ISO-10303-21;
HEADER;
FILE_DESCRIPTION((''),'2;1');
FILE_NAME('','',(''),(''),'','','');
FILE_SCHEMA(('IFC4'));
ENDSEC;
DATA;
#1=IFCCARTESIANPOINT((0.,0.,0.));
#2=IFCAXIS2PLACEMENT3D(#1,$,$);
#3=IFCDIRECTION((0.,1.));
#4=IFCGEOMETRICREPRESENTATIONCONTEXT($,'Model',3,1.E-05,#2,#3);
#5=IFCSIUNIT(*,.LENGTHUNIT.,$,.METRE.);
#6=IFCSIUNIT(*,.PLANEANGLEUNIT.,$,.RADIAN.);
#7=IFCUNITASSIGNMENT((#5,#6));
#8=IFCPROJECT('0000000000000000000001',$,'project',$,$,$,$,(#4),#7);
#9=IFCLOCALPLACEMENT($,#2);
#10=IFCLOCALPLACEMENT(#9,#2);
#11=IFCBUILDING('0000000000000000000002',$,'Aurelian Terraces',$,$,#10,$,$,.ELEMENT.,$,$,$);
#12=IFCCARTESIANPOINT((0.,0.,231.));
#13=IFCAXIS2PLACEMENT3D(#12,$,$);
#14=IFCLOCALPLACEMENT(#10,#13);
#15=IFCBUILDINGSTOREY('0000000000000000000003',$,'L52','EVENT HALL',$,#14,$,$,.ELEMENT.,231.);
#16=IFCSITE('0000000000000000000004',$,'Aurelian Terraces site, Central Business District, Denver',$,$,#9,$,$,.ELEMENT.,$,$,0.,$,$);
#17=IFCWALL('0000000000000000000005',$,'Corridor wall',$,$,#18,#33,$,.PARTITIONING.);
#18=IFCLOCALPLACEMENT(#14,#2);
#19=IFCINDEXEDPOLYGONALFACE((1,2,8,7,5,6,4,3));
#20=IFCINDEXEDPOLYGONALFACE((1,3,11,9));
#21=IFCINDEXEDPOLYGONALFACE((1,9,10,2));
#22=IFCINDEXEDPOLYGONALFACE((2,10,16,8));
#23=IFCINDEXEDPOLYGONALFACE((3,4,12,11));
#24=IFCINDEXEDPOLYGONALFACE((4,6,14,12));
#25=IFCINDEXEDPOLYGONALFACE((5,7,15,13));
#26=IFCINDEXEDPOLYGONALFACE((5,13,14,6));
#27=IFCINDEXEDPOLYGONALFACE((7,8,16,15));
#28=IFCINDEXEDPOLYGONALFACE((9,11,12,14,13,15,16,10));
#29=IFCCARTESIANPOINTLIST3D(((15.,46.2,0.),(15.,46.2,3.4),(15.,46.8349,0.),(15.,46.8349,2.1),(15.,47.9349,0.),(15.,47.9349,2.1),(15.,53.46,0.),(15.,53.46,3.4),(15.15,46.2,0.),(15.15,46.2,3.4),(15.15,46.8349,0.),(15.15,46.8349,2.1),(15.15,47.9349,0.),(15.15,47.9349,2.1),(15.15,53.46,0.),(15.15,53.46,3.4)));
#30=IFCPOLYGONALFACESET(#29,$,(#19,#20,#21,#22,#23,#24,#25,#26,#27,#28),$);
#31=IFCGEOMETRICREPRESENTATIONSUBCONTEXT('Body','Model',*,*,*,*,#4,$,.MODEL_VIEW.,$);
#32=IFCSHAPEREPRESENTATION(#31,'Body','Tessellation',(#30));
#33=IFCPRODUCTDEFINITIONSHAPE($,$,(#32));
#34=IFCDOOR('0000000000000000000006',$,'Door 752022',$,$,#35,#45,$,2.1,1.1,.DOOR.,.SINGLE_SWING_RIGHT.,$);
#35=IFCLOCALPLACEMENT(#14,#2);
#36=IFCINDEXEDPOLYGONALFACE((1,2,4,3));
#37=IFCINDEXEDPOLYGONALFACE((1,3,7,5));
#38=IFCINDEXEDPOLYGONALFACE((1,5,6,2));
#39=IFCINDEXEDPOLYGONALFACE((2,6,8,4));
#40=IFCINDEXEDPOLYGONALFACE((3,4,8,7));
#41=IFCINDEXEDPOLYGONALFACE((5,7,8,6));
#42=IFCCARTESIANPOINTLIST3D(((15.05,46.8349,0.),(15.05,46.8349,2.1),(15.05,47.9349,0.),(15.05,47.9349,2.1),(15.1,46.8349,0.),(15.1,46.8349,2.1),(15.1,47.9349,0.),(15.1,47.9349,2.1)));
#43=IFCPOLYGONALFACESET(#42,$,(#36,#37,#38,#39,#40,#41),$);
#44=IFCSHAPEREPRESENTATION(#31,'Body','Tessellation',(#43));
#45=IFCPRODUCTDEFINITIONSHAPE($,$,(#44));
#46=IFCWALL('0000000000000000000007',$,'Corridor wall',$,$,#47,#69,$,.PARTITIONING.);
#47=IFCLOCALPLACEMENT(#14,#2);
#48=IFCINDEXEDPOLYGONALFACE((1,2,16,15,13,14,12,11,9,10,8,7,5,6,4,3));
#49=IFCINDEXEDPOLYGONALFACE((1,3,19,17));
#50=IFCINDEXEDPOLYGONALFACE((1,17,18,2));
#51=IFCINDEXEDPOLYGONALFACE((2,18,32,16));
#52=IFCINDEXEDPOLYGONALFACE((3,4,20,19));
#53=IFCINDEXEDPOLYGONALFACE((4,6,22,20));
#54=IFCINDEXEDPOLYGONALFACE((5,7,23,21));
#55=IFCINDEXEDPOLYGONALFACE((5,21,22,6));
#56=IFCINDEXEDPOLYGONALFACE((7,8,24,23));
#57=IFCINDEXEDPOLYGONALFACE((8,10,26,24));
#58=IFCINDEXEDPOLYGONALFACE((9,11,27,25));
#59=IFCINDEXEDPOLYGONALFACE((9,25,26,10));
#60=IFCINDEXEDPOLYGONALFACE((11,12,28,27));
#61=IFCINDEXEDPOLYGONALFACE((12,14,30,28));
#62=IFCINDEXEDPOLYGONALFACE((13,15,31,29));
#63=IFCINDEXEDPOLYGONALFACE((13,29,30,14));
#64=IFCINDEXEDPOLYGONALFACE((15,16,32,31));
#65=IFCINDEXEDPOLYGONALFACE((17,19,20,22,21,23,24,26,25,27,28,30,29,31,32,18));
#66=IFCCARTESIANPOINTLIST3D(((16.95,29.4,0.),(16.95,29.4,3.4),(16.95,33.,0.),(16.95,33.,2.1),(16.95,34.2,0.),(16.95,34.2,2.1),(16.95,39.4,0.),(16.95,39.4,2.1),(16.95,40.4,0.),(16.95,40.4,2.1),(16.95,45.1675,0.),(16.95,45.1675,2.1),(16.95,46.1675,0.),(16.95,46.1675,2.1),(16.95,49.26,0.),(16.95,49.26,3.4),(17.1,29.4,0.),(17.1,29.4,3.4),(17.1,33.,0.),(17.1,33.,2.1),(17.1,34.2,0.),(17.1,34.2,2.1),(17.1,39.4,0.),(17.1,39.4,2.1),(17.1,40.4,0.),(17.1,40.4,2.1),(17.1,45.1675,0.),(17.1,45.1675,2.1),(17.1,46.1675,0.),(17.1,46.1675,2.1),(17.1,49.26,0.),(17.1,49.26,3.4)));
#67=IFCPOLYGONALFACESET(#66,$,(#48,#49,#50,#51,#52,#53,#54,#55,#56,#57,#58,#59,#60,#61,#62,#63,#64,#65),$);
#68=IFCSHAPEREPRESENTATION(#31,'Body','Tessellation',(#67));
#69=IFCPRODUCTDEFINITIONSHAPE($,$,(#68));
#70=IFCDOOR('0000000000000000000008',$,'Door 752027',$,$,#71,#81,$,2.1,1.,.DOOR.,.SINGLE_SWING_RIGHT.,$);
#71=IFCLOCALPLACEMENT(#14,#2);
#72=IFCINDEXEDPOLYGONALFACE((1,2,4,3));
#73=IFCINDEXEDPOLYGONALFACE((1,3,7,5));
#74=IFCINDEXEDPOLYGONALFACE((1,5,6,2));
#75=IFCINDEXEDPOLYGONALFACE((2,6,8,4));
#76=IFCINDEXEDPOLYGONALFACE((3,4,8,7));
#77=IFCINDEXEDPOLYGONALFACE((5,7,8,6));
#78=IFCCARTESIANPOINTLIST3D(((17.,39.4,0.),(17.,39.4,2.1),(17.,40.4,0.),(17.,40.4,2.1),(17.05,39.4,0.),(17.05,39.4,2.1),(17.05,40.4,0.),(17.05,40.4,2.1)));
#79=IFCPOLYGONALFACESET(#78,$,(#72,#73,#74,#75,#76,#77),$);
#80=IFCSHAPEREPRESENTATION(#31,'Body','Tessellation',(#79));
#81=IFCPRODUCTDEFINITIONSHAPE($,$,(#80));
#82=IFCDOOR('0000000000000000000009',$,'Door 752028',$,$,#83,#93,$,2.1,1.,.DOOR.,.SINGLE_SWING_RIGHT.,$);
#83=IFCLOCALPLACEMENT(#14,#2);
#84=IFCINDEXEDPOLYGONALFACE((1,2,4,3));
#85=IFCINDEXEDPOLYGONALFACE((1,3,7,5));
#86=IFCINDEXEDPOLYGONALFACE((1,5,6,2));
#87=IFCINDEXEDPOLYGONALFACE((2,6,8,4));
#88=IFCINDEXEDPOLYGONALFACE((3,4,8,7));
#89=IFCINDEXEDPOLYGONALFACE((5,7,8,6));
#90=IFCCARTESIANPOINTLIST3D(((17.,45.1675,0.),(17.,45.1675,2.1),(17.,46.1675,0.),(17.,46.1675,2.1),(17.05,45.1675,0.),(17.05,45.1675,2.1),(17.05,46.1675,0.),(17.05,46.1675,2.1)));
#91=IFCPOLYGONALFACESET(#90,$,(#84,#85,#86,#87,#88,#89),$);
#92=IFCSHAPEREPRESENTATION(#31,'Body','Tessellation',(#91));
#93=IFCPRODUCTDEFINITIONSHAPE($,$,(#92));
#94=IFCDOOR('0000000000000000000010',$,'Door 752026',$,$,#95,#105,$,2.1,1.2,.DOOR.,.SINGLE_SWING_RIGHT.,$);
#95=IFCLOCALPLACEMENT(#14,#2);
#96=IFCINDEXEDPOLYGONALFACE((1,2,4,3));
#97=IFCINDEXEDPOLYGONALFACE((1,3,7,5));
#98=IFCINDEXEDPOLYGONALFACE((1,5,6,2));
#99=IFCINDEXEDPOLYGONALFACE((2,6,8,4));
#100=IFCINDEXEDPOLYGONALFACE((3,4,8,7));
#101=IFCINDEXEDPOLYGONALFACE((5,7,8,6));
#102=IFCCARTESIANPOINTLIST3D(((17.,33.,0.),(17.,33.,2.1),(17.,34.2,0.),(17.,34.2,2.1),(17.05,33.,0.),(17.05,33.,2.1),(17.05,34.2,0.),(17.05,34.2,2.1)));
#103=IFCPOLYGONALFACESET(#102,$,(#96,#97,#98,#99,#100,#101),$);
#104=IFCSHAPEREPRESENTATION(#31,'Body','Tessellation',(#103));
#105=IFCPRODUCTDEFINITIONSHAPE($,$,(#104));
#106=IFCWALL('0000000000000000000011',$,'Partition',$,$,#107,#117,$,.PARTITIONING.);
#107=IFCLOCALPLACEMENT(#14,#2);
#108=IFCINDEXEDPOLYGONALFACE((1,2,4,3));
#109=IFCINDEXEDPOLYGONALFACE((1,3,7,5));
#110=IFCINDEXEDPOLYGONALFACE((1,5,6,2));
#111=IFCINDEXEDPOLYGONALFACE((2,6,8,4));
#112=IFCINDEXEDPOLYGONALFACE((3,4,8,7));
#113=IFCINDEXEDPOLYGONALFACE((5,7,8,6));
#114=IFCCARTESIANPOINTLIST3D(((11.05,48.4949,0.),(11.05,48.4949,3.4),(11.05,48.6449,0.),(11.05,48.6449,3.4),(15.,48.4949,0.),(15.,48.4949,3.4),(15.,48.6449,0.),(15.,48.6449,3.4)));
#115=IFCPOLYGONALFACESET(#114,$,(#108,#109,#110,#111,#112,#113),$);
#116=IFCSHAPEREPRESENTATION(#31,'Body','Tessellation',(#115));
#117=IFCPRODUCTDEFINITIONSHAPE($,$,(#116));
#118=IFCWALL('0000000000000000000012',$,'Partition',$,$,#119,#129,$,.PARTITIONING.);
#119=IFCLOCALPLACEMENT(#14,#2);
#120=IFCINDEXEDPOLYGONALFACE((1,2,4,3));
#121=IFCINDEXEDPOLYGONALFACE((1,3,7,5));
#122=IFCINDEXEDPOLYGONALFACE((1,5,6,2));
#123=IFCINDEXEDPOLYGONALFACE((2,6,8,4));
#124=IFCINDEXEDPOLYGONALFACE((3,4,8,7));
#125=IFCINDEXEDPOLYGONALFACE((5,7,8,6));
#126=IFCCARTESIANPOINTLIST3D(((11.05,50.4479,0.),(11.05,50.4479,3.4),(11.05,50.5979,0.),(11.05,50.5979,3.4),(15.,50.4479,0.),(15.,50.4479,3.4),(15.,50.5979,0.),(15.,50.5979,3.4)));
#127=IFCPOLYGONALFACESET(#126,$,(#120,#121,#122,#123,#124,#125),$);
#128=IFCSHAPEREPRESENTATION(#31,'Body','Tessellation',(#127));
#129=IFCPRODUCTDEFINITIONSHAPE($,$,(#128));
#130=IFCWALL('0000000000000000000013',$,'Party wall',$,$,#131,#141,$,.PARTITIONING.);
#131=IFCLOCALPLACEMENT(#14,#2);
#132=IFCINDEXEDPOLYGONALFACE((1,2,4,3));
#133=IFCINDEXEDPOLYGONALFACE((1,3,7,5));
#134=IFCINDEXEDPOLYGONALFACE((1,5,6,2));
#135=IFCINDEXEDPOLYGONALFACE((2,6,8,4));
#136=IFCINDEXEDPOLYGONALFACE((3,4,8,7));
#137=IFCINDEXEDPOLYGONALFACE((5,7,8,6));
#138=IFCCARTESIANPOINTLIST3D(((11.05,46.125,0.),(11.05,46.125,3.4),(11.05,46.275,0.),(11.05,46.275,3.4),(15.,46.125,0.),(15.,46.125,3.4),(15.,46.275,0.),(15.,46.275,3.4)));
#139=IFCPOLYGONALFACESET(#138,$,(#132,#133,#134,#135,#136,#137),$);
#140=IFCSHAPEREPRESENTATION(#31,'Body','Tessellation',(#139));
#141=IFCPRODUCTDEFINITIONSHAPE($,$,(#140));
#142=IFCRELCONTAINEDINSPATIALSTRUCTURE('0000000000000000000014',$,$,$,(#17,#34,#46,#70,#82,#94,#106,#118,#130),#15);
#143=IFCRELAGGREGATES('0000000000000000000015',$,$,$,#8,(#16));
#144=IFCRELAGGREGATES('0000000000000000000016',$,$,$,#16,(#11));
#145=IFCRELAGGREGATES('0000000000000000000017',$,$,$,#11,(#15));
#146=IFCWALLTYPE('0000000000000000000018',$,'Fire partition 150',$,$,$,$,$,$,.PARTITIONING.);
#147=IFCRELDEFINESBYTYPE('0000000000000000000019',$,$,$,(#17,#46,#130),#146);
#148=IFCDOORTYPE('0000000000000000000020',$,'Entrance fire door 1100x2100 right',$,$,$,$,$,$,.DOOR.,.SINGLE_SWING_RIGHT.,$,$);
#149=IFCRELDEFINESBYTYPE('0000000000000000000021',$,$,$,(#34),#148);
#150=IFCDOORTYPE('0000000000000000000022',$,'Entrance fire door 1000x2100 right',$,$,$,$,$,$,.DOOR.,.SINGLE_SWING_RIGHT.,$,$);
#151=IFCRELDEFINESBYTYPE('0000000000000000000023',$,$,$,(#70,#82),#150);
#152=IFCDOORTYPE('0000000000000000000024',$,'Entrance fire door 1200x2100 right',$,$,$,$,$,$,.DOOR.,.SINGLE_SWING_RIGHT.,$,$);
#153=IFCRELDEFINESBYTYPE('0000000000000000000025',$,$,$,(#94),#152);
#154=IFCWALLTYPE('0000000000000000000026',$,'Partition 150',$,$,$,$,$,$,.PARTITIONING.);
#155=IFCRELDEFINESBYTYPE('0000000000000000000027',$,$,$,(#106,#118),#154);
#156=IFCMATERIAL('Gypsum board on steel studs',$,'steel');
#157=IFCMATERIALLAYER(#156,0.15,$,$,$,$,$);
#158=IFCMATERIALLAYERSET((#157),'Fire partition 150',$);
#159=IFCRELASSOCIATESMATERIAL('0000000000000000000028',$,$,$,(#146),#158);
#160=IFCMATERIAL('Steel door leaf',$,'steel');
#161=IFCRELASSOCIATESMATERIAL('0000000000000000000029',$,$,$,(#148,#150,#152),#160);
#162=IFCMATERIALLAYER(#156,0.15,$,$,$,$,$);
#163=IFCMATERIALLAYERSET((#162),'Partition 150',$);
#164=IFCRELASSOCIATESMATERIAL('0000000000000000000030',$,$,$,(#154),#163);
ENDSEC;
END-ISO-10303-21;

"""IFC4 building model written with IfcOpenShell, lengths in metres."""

from ifc_helpers import new_model, si_unit, direction, frame, frame_2d, origin, place, context, subcontext, project, spatial, rectangle, extrude, source, transform, mapped, material, layer, layer_set, type_object, element, fill, save


model = new_model("IFC4")

# Units and contexts
model_context = context("Model", 3, precision=1e-05, world=origin(), true_north=direction((0.0, 1.0)))
body_context = subcontext(model_context, "Body", "Model", "MODEL_VIEW")
ifc_project = project(units=[si_unit("LENGTHUNIT", "METRE"), si_unit("PLANEANGLEUNIT", "RADIAN")], contexts=[model_context])

# Site, building, storey
site_placement = place(None, origin())
site = spatial("IfcSite", under=ifc_project, at=site_placement, Name="Aurelian Terraces site, Central Business District, Denver", CompositionType="ELEMENT", RefElevation=0.0)
building_placement = place(site_placement, origin())
building = spatial("IfcBuilding", under=site, at=building_placement, Name="Aurelian Terraces", CompositionType="ELEMENT")
storey_placement = place(building_placement, frame((0.0, 0.0, 231.0)))
storey = spatial("IfcBuildingStorey", under=building, at=storey_placement, Name="L52", Description="EVENT HALL", CompositionType="ELEMENT", Elevation=231.0)

# Wall, opening, door
ifc_material_1 = material(Name="Gypsum board on steel studs", Category="steel")
ifc_layer_1 = layer(ifc_material_1, 0.15)
ifc_layer_set_1 = layer_set([ifc_layer_1], Name="Fire partition 150")
wall_type_1 = type_object("IfcWallType", Name="Fire partition 150", PredefinedType="PARTITIONING", material=ifc_layer_set_1)
shared_shape_1 = source(origin(), body_context, "Body", "SweptSolid", [
    extrude(rectangle(XDim=7.26, YDim=0.15, at=frame_2d((3.63, 0.0))), origin(), (0.0, 0.0, 1.0), 3.4),
])
wall_1_placement = place(storey_placement, frame((15.075, 46.2, 0.0), z_axis=(0.0, 0.0, 1.0), x_axis=(0.0, 1.0, 0.0)))
wall_1 = element("IfcWall", 1, at=wall_1_placement, inside=storey, type_object=wall_type_1, Name="Corridor wall", PredefinedType="PARTITIONING", context=body_context, shape_type="MappedRepresentation", body=[
    mapped(shared_shape_1, transform((0.0, 0.0, 0.0), scale=1.0)),
])
shared_shape_2 = source(origin(), body_context, "Body", "SweptSolid", [
    extrude(rectangle(XDim=1.1, YDim=2.1, at=frame_2d((0.55, 1.05))), frame((0.0, 0.085, 0.0), z_axis=(0.0, -1.0, 0.0), x_axis=(1.0, 0.0, 0.0)), (0.0, 0.0, 1.0), 0.17),
])
opening_1_placement = place(wall_1_placement, frame((0.6349, 0.0, 0.0)))
opening_1 = element("IfcOpeningElement", 2, at=opening_1_placement, cuts=wall_1, PredefinedType="OPENING", context=body_context, shape_type="MappedRepresentation", body=[
    mapped(shared_shape_2, transform((0.0, 0.0, 0.0), scale=1.0)),
])
ifc_material_2 = material(Name="Steel door leaf", Category="steel")
door_type_1 = type_object("IfcDoorType", Name="Entrance fire door 1100x2100 right", OperationType="SINGLE_SWING_RIGHT", PredefinedType="DOOR", material=ifc_material_2)
shared_shape_3 = source(origin(), body_context, "Body", "SweptSolid", [
    extrude(rectangle(XDim=1.1, YDim=2.1, at=frame_2d((0.55, 1.05))), frame((0.0, 0.025, 0.0), z_axis=(0.0, -1.0, 0.0), x_axis=(1.0, 0.0, 0.0)), (0.0, 0.0, 1.0), 0.05),
])
door_1_placement = place(opening_1_placement, origin())
door_1 = element("IfcDoor", 3, at=door_1_placement, inside=storey, type_object=door_type_1, Name="Door 752022", OperationType="SINGLE_SWING_RIGHT", OverallHeight=2.1, OverallWidth=1.1, PredefinedType="DOOR", context=body_context, shape_type="MappedRepresentation", body=[
    mapped(shared_shape_3, transform((0.0, 0.0, 0.0), scale=1.0)),
])
fill(opening_1, door_1)

# Wall, openings, doors
shared_shape_4 = source(origin(), body_context, "Body", "SweptSolid", [
    extrude(rectangle(XDim=19.86, YDim=0.15, at=frame_2d((9.93, 0.0))), origin(), (0.0, 0.0, 1.0), 3.4),
])
wall_2_placement = place(storey_placement, frame((17.025, 49.26, 0.0), z_axis=(0.0, 0.0, 1.0), x_axis=(0.0, -1.0, 0.0)))
wall_2 = element("IfcWall", 4, at=wall_2_placement, inside=storey, type_object=wall_type_1, Name="Corridor wall", PredefinedType="PARTITIONING", context=body_context, shape_type="MappedRepresentation", body=[
    mapped(shared_shape_4, transform((0.0, 0.0, 0.0), scale=1.0)),
])
shared_shape_5 = source(origin(), body_context, "Body", "SweptSolid", [
    extrude(rectangle(XDim=1.2, YDim=2.1, at=frame_2d((0.6, 1.05))), frame((0.0, 0.085, 0.0), z_axis=(0.0, -1.0, 0.0), x_axis=(1.0, 0.0, 0.0)), (0.0, 0.0, 1.0), 0.17),
])
opening_2_placement = place(wall_2_placement, frame((15.06, 0.0, 0.0)))
opening_2 = element("IfcOpeningElement", 5, at=opening_2_placement, cuts=wall_2, PredefinedType="OPENING", context=body_context, shape_type="MappedRepresentation", body=[
    mapped(shared_shape_5, transform((0.0, 0.0, 0.0), scale=1.0)),
])
shared_shape_6 = source(origin(), body_context, "Body", "SweptSolid", [
    extrude(rectangle(XDim=1.0, YDim=2.1, at=frame_2d((0.5, 1.05))), frame((0.0, 0.085, 0.0), z_axis=(0.0, -1.0, 0.0), x_axis=(1.0, 0.0, 0.0)), (0.0, 0.0, 1.0), 0.17),
])
opening_3_placement = place(wall_2_placement, frame((8.86, 0.0, 0.0)))
opening_3 = element("IfcOpeningElement", 6, at=opening_3_placement, cuts=wall_2, PredefinedType="OPENING", context=body_context, shape_type="MappedRepresentation", body=[
    mapped(shared_shape_6, transform((0.0, 0.0, 0.0), scale=1.0)),
])
opening_4_placement = place(wall_2_placement, frame((3.0925, 0.0, 0.0)))
opening_4 = element("IfcOpeningElement", 7, at=opening_4_placement, cuts=wall_2, PredefinedType="OPENING", context=body_context, shape_type="MappedRepresentation", body=[
    mapped(shared_shape_6, transform((0.0, 0.0, 0.0), scale=1.0)),
])
door_type_2 = type_object("IfcDoorType", Name="Entrance fire door 1000x2100 right", OperationType="SINGLE_SWING_RIGHT", PredefinedType="DOOR", material=ifc_material_2)
shared_shape_7 = source(origin(), body_context, "Body", "SweptSolid", [
    extrude(rectangle(XDim=1.0, YDim=2.1, at=frame_2d((0.5, 1.05))), frame((0.0, 0.025, 0.0), z_axis=(0.0, -1.0, 0.0), x_axis=(1.0, 0.0, 0.0)), (0.0, 0.0, 1.0), 0.05),
])
door_2_placement = place(opening_3_placement, origin())
door_2 = element("IfcDoor", 8, at=door_2_placement, inside=storey, type_object=door_type_2, Name="Door 752027", OperationType="SINGLE_SWING_RIGHT", OverallHeight=2.1, OverallWidth=1.0, PredefinedType="DOOR", context=body_context, shape_type="MappedRepresentation", body=[
    mapped(shared_shape_7, transform((0.0, 0.0, 0.0), scale=1.0)),
])
fill(opening_3, door_2)
door_3_placement = place(opening_4_placement, origin())
door_3 = element("IfcDoor", 9, at=door_3_placement, inside=storey, type_object=door_type_2, Name="Door 752028", OperationType="SINGLE_SWING_RIGHT", OverallHeight=2.1, OverallWidth=1.0, PredefinedType="DOOR", context=body_context, shape_type="MappedRepresentation", body=[
    mapped(shared_shape_7, transform((0.0, 0.0, 0.0), scale=1.0)),
])
fill(opening_4, door_3)
door_type_3 = type_object("IfcDoorType", Name="Entrance fire door 1200x2100 right", OperationType="SINGLE_SWING_RIGHT", PredefinedType="DOOR", material=ifc_material_2)
shared_shape_8 = source(origin(), body_context, "Body", "SweptSolid", [
    extrude(rectangle(XDim=1.2, YDim=2.1, at=frame_2d((0.6, 1.05))), frame((0.0, 0.025, 0.0), z_axis=(0.0, -1.0, 0.0), x_axis=(1.0, 0.0, 0.0)), (0.0, 0.0, 1.0), 0.05),
])
door_4_placement = place(opening_2_placement, origin())
door_4 = element("IfcDoor", 10, at=door_4_placement, inside=storey, type_object=door_type_3, Name="Door 752026", OperationType="SINGLE_SWING_RIGHT", OverallHeight=2.1, OverallWidth=1.2, PredefinedType="DOOR", context=body_context, shape_type="MappedRepresentation", body=[
    mapped(shared_shape_8, transform((0.0, 0.0, 0.0), scale=1.0)),
])
fill(opening_2, door_4)

# Walls
ifc_layer_2 = layer(ifc_material_1, 0.15)
ifc_layer_set_2 = layer_set([ifc_layer_2], Name="Partition 150")
wall_type_2 = type_object("IfcWallType", Name="Partition 150", PredefinedType="PARTITIONING", material=ifc_layer_set_2)
shared_shape_9 = source(origin(), body_context, "Body", "SweptSolid", [
    extrude(rectangle(XDim=3.95, YDim=0.15, at=frame_2d((1.975, 0.0))), origin(), (0.0, 0.0, 1.0), 3.4),
])
for number, where, z_axis, x_axis, name in (
    (11, (15.0, 48.5699, 0.0), (0.0, 0.0, 1.0), (-1.0, 0.0, 0.0), "Partition"),
    (12, (15.0, 50.5229, 0.0), (0.0, 0.0, 1.0), (-1.0, 0.0, 0.0), "Partition"),
):
    element("IfcWall", number, at=place(storey_placement, frame(where, z_axis=z_axis, x_axis=x_axis)), inside=storey, type_object=wall_type_2, Name=name, PredefinedType="PARTITIONING", context=body_context, shape_type="MappedRepresentation", body=[
        mapped(shared_shape_9, transform((0.0, 0.0, 0.0), scale=1.0)),
    ])
wall_3_placement = place(storey_placement, frame((15.0, 46.2, 0.0), z_axis=(0.0, 0.0, 1.0), x_axis=(-1.0, 0.0, 0.0)))
element("IfcWall", 13, at=wall_3_placement, inside=storey, type_object=wall_type_1, Name="Party wall", PredefinedType="PARTITIONING", context=body_context, shape_type="MappedRepresentation", body=[
    mapped(shared_shape_9, transform((0.0, 0.0, 0.0), scale=1.0)),
])

save(model, "model.ifc")
